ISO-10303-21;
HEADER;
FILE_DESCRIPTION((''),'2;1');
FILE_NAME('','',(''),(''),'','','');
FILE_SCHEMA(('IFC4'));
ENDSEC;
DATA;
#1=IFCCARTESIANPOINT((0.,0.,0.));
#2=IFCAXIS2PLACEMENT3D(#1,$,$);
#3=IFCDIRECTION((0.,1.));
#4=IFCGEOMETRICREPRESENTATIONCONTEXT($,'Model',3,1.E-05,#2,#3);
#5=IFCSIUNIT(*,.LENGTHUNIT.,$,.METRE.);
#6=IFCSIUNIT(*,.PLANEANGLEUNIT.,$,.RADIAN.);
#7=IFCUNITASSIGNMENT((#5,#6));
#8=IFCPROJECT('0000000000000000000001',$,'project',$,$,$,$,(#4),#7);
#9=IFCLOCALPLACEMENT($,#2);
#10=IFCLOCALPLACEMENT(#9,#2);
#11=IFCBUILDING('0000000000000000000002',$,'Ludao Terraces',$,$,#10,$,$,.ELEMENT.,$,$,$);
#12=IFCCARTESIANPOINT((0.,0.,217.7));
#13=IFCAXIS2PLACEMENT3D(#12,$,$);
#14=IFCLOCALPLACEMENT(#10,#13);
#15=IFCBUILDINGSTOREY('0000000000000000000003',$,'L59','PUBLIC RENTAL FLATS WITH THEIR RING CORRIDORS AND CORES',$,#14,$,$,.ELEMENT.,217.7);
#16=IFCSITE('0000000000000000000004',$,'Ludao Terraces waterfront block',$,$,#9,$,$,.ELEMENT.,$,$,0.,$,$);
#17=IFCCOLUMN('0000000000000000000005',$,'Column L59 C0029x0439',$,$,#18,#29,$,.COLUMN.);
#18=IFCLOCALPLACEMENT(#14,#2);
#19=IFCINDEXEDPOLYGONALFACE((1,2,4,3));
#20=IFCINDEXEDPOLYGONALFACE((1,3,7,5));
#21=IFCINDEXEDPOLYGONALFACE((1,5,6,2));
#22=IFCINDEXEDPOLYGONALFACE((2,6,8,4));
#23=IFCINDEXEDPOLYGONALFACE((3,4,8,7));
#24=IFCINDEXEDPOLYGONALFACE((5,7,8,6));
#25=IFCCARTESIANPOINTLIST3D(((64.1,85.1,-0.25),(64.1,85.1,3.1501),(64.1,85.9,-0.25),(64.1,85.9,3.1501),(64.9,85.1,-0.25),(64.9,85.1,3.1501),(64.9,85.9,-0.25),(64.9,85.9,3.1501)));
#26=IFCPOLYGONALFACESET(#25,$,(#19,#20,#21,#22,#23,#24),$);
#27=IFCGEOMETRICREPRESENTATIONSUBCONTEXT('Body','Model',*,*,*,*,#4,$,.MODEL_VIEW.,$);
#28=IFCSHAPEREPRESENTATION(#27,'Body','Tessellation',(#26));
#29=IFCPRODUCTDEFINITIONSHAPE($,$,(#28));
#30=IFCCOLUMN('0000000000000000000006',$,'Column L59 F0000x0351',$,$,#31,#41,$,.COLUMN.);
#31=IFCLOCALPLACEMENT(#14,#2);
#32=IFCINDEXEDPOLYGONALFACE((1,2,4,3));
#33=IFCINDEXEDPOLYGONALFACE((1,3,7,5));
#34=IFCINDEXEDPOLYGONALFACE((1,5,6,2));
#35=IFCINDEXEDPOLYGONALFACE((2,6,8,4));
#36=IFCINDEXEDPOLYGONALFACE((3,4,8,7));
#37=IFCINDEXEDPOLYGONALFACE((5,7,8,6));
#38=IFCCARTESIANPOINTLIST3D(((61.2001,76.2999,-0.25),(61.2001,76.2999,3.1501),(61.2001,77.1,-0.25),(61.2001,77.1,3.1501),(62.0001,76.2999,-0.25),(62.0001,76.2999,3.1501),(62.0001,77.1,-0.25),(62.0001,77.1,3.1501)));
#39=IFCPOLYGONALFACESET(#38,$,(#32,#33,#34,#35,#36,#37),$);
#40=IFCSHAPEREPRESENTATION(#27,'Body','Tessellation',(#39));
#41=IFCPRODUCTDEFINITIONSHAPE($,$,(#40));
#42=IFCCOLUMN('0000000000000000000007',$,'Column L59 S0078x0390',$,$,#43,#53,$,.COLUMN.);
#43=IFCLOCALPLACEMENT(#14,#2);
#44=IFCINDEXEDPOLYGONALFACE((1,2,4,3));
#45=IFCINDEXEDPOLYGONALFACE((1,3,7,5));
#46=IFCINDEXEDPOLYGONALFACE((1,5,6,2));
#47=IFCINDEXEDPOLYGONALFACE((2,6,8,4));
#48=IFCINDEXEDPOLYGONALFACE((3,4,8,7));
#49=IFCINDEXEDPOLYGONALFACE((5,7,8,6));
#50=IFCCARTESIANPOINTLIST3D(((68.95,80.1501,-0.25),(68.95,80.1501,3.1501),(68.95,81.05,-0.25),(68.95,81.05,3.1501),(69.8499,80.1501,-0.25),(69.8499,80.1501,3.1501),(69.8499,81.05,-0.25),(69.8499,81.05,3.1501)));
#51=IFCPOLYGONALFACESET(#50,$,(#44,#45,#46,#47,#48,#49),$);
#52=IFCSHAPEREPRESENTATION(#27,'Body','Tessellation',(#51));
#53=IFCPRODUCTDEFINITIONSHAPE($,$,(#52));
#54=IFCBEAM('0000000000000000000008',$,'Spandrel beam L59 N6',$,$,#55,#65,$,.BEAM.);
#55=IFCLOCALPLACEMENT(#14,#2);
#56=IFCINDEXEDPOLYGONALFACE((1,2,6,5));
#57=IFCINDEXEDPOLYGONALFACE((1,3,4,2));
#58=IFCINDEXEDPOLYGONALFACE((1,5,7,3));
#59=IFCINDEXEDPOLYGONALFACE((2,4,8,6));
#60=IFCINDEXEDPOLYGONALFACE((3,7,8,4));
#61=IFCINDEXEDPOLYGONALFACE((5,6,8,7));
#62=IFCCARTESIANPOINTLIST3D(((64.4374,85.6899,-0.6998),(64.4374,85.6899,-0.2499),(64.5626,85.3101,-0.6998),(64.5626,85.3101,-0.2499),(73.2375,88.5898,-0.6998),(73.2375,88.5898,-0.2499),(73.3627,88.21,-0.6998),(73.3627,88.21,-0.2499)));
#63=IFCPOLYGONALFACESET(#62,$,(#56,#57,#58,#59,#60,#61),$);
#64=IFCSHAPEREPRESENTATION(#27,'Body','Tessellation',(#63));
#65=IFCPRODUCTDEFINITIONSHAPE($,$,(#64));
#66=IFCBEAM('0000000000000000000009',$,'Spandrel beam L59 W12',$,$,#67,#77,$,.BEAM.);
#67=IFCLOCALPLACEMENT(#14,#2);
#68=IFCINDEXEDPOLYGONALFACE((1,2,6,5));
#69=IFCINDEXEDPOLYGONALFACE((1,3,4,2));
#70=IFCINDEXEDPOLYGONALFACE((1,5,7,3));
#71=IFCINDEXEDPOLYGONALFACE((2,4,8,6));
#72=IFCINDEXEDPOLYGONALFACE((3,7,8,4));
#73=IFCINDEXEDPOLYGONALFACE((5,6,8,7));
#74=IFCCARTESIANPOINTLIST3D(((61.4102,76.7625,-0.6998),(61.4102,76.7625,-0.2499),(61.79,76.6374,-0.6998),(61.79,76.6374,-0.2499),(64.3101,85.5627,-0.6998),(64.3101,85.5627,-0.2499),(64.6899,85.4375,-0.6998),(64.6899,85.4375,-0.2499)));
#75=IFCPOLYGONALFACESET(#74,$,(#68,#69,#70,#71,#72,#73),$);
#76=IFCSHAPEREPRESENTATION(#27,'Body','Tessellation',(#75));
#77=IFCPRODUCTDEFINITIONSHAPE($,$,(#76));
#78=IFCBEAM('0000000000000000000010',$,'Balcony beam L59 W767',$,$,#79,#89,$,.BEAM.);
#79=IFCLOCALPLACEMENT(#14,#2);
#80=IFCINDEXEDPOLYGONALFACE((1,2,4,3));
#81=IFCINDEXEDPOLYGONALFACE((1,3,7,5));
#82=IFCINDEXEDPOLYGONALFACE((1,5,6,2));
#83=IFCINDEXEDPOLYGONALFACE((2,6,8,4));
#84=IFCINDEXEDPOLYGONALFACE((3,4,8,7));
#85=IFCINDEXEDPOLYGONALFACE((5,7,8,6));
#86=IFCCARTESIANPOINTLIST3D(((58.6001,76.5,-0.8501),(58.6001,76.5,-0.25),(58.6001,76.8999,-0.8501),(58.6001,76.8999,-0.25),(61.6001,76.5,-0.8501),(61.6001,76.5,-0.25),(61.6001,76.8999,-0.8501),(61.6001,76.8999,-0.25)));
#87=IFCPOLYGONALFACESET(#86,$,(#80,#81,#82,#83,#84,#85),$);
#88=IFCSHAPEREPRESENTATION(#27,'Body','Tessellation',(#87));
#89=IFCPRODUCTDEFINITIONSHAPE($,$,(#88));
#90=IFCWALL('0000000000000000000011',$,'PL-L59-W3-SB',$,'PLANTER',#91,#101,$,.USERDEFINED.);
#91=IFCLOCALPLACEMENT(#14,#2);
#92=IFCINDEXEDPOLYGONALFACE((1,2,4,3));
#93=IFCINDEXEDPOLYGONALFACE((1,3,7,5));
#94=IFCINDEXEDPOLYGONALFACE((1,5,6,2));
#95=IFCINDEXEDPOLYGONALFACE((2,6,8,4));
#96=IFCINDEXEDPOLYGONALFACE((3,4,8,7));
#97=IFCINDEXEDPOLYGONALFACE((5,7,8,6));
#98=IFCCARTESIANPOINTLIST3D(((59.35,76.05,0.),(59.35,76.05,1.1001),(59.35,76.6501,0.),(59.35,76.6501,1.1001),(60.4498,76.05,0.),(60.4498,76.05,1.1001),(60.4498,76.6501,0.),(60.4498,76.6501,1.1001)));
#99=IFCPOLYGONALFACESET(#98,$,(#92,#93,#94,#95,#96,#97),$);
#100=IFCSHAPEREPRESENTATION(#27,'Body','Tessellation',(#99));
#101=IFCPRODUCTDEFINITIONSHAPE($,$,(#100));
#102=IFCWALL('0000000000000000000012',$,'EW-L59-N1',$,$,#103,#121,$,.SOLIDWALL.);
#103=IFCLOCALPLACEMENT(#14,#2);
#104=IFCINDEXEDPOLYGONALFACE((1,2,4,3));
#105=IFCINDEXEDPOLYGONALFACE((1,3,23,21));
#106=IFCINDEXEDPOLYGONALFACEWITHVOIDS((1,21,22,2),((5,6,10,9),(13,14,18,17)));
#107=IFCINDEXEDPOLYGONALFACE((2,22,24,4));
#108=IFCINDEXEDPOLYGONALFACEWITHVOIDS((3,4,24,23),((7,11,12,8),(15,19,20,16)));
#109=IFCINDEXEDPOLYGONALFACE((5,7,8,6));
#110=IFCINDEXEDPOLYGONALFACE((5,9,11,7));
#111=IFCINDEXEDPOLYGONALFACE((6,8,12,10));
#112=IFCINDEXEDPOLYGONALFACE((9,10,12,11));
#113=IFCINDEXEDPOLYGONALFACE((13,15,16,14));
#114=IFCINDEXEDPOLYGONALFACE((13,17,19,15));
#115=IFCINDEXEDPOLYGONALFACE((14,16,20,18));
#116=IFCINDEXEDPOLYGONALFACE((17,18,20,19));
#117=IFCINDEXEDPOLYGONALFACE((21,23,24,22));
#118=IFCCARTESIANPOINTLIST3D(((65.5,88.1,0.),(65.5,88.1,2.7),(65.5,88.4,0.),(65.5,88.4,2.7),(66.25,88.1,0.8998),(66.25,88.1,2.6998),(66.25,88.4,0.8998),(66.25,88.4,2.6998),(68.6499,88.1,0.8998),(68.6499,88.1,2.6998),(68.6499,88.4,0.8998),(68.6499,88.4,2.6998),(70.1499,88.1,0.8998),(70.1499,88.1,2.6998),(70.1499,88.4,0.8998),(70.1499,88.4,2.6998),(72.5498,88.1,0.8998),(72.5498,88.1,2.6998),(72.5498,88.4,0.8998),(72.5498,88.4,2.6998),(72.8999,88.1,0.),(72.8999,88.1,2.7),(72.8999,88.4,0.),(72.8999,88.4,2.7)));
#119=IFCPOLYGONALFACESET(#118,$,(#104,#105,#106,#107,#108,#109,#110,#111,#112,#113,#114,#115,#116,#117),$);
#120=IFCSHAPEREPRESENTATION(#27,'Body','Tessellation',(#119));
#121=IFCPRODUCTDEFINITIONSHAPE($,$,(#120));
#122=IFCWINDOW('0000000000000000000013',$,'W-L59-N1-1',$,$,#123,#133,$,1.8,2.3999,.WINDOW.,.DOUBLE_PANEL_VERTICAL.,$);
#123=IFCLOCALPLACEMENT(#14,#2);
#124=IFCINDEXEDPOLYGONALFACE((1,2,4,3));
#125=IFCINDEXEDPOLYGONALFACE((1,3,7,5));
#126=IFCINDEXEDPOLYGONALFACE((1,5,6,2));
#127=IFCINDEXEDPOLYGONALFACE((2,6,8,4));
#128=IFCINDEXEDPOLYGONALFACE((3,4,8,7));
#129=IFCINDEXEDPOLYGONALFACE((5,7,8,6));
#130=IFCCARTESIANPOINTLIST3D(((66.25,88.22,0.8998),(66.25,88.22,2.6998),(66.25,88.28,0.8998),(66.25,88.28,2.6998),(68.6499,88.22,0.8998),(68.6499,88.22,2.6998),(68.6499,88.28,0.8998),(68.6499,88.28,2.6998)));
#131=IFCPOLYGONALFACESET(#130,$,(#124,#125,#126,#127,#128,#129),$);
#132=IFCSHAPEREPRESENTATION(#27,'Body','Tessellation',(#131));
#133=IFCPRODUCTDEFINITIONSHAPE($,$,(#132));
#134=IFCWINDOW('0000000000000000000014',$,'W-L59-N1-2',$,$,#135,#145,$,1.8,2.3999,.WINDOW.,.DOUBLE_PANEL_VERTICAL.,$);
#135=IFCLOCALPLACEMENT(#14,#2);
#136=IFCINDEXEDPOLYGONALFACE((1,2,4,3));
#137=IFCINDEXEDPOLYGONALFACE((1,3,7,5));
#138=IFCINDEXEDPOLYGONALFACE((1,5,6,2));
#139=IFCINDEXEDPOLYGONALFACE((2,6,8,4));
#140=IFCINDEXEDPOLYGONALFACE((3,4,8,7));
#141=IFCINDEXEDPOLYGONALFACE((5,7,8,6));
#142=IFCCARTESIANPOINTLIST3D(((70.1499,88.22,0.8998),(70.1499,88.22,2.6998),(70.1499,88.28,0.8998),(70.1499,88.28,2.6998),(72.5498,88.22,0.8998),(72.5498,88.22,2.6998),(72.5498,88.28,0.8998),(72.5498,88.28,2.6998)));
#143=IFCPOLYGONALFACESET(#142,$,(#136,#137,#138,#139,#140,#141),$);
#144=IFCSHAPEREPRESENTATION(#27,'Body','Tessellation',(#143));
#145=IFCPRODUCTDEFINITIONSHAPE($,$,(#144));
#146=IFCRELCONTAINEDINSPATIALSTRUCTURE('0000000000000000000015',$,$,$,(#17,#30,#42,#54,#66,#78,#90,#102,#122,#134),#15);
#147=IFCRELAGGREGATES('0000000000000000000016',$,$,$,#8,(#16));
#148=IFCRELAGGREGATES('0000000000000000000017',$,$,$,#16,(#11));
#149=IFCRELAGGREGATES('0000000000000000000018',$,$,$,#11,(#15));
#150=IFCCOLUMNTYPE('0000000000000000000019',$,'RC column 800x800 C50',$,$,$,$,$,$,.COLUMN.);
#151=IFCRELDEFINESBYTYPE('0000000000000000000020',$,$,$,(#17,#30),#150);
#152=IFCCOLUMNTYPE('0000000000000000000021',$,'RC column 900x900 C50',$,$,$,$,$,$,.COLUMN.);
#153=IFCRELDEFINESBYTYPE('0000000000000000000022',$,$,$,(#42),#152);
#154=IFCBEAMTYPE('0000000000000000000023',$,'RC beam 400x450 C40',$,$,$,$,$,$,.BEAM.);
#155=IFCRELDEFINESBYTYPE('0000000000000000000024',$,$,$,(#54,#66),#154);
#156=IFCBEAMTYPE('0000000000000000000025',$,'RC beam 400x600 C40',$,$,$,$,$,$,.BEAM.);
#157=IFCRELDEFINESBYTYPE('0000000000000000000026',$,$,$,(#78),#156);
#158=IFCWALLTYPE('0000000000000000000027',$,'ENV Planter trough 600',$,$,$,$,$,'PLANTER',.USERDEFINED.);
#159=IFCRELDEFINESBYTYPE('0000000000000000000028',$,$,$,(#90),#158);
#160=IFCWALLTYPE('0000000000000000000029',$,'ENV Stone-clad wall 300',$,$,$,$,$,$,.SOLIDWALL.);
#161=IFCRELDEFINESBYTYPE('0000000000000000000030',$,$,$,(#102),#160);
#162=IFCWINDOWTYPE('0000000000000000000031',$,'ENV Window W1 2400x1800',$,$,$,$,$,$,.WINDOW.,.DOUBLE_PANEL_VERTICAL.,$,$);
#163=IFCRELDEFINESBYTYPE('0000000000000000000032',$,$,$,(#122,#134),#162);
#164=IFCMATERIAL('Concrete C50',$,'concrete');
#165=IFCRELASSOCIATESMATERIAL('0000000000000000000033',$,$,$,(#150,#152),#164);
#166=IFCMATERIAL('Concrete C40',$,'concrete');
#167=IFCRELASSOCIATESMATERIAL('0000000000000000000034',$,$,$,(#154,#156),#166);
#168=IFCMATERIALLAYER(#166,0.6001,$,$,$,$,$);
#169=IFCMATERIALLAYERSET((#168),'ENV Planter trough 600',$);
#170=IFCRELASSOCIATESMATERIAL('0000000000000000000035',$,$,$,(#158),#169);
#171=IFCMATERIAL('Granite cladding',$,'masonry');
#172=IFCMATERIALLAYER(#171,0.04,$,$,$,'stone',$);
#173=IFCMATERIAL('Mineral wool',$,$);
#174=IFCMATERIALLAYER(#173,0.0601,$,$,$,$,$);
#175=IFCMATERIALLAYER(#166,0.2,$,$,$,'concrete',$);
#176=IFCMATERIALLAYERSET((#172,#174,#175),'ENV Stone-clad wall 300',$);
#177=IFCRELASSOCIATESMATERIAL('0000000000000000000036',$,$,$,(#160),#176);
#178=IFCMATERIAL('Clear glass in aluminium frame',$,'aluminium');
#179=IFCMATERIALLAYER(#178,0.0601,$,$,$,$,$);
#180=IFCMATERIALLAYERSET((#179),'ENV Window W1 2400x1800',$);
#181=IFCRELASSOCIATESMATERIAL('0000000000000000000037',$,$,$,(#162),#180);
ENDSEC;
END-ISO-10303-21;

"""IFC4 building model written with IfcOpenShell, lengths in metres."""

from ifc_helpers import new_model, si_unit, direction, frame, frame_2d, origin, origin_2d, place, context, subcontext, project, spatial, rectangle, extrude, material, layer, layer_set, material_profile, profile_set, type_object, element, fill, save


model = new_model("IFC4")

# Units and contexts
model_context = context("Model", 3, precision=1e-05, world=origin(), true_north=direction((0.0, 1.0)))
body_context = subcontext(model_context, "Body", "Model", "MODEL_VIEW")
ifc_project = project(units=[si_unit("LENGTHUNIT", "METRE"), si_unit("PLANEANGLEUNIT", "RADIAN")], contexts=[model_context])

# Site, building, storey
site_placement = place(None, origin())
site = spatial("IfcSite", under=ifc_project, at=site_placement, Name="Ludao Terraces waterfront block", CompositionType="ELEMENT", RefElevation=0.0)
building_placement = place(site_placement, origin())
building = spatial("IfcBuilding", under=site, at=building_placement, Name="Ludao Terraces", CompositionType="ELEMENT")
storey_placement = place(building_placement, frame((0.0, 0.0, 217.7)))
storey = spatial("IfcBuildingStorey", under=building, at=storey_placement, Name="L59", Description="PUBLIC RENTAL FLATS WITH THEIR RING CORRIDORS AND CORES", CompositionType="ELEMENT", Elevation=217.7)

# Columns
ifc_material_1 = material(Name="Concrete C50", Category="concrete")
ifc_material_profile_1 = material_profile(ifc_material_1, rectangle(XDim=0.8, YDim=0.8, at=origin_2d()), Name="800 X 800")
ifc_profile_set_1 = profile_set([ifc_material_profile_1], Name="Concrete C50")
column_type_1 = type_object("IfcColumnType", Name="RC column 800x800 C50", PredefinedType="COLUMN", material=ifc_profile_set_1)
for number, where, z_axis, x_axis, name in (
    (1, (64.5, 85.5, -0.25), (0.0, 0.0, 1.0), (1.0, 0.0, 0.0), "Column L59 C0029x0439"),
    (2, (61.6001, 76.7, -0.25), (0.0, 0.0, 1.0), (1.0, 0.0, 0.0), "Column L59 F0000x0351"),
):
    element("IfcColumn", number, at=place(storey_placement, frame(where, z_axis=z_axis, x_axis=x_axis)), inside=storey, type_object=column_type_1, Name=name, PredefinedType="COLUMN", context=body_context, shape_type="SweptSolid", body=[
        extrude(rectangle(XDim=0.8, YDim=0.8, at=origin_2d()), origin(), (0.0, 0.0, 1.0), 3.4001),
    ])
ifc_material_profile_2 = material_profile(ifc_material_1, rectangle(XDim=0.8999, YDim=0.8999, at=origin_2d()), Name="900 X 900")
ifc_profile_set_2 = profile_set([ifc_material_profile_2], Name="Concrete C50")
column_type_2 = type_object("IfcColumnType", Name="RC column 900x900 C50", PredefinedType="COLUMN", material=ifc_profile_set_2)
column_placement = place(storey_placement, frame((69.3999, 80.6001, -0.25), z_axis=(0.0, 0.0, 1.0), x_axis=(1.0, 0.0, 0.0)))
element("IfcColumn", 3, at=column_placement, inside=storey, type_object=column_type_2, Name="Column L59 S0078x0390", PredefinedType="COLUMN", context=body_context, shape_type="SweptSolid", body=[
    extrude(rectangle(XDim=0.8999, YDim=0.8999, at=origin_2d()), origin(), (0.0, 0.0, 1.0), 3.4001),
])

# Beams
ifc_material_2 = material(Name="Concrete C40", Category="concrete")
ifc_material_profile_3 = material_profile(ifc_material_2, rectangle(XDim=0.3999, YDim=0.45, at=origin_2d()), Name="400 X 450")
ifc_profile_set_3 = profile_set([ifc_material_profile_3], Name="Concrete C40")
beam_type_1 = type_object("IfcBeamType", Name="RC beam 400x450 C40", PredefinedType="BEAM", material=ifc_profile_set_3)
for number, where, z_axis, x_axis, name in (
    (4, (64.5, 85.5, -0.4749), (0.949761, 0.312977, 0.0), (-0.312977, 0.949761, 0.0), "Spandrel beam L59 N6"),
    (5, (61.6001, 76.7, -0.4749), (0.312977, 0.949761, 0.0), (-0.949761, 0.312977, 0.0), "Spandrel beam L59 W12"),
):
    element("IfcBeam", number, at=place(storey_placement, frame(where, z_axis=z_axis, x_axis=x_axis)), inside=storey, type_object=beam_type_1, Name=name, PredefinedType="BEAM", context=body_context, shape_type="SweptSolid", body=[
        extrude(rectangle(XDim=0.3999, YDim=0.45, at=origin_2d()), origin(), (0.0, 0.0, 1.0), 9.2656),
    ])
ifc_material_profile_4 = material_profile(ifc_material_2, rectangle(XDim=0.3999, YDim=0.6001, at=origin_2d()), Name="400 X 600")
ifc_profile_set_4 = profile_set([ifc_material_profile_4], Name="Concrete C40")
beam_type_2 = type_object("IfcBeamType", Name="RC beam 400x600 C40", PredefinedType="BEAM", material=ifc_profile_set_4)
beam_placement = place(storey_placement, frame((61.6001, 76.7, -0.55), z_axis=(-1.0, 0.0, 0.0), x_axis=(0.0, -1.0, 0.0)))
element("IfcBeam", 6, at=beam_placement, inside=storey, type_object=beam_type_2, Name="Balcony beam L59 W767", PredefinedType="BEAM", context=body_context, shape_type="SweptSolid", body=[
    extrude(rectangle(XDim=0.3999, YDim=0.6001, at=origin_2d()), origin(), (0.0, 0.0, 1.0), 3.0),
])

# Wall
ifc_layer_1 = layer(ifc_material_2, 0.6001)
ifc_layer_set_1 = layer_set([ifc_layer_1], Name="ENV Planter trough 600")
wall_type_1 = type_object("IfcWallType", Name="ENV Planter trough 600", ElementType="PLANTER", PredefinedType="USERDEFINED", material=ifc_layer_set_1)
wall_1_placement = place(storey_placement, frame((59.3501, 76.3501, 0.0), z_axis=(0.0, 0.0, 1.0), x_axis=(1.0, 0.0, 0.0)))
element("IfcWall", 7, at=wall_1_placement, inside=storey, type_object=wall_type_1, Name="PL-L59-W3-SB", ObjectType="PLANTER", PredefinedType="USERDEFINED", context=body_context, shape_type="SweptSolid", body=[
    extrude(rectangle(XDim=1.0999, YDim=0.6001, at=frame_2d((0.5498, 0.0))), origin(), (0.0, 0.0, 1.0), 1.1001),
])

# Wall, openings, windows
ifc_material_3 = material(Name="Granite cladding", Category="masonry")
ifc_layer_2 = layer(ifc_material_3, 0.04, Category="stone")
ifc_material_4 = material(Name="Mineral wool")
ifc_layer_3 = layer(ifc_material_4, 0.0601)
ifc_layer_4 = layer(ifc_material_2, 0.2, Category="concrete")
ifc_layer_set_2 = layer_set([ifc_layer_2, ifc_layer_3, ifc_layer_4], Name="ENV Stone-clad wall 300")
wall_type_2 = type_object("IfcWallType", Name="ENV Stone-clad wall 300", PredefinedType="SOLIDWALL", material=ifc_layer_set_2)
wall_2_placement = place(storey_placement, frame((65.5, 88.25, 0.0), z_axis=(0.0, 0.0, 1.0), x_axis=(1.0, 0.0, 0.0)))
wall_2 = element("IfcWall", 8, at=wall_2_placement, inside=storey, type_object=wall_type_2, Name="EW-L59-N1", PredefinedType="SOLIDWALL", context=body_context, shape_type="SweptSolid", body=[
    extrude(rectangle(XDim=7.3999, YDim=0.3, at=frame_2d((3.7, 0.0))), origin(), (0.0, 0.0, 1.0), 2.7),
])
opening_1_placement = place(wall_2_placement, frame((0.75, 0.0, 0.8999)))
opening_1 = element("IfcOpeningElement", 9, at=opening_1_placement, cuts=wall_2, PredefinedType="OPENING", context=body_context, shape_type="SweptSolid", body=[
    extrude(rectangle(XDim=2.3999, YDim=1.8, at=frame_2d((1.2, 0.8999))), frame((0.0, 0.1602, 0.0), z_axis=(0.0, -1.0, 0.0), x_axis=(1.0, 0.0, 0.0)), (0.0, 0.0, 1.0), 0.3201),
])
opening_2_placement = place(wall_2_placement, frame((4.6499, 0.0, 0.8999)))
opening_2 = element("IfcOpeningElement", 10, at=opening_2_placement, cuts=wall_2, PredefinedType="OPENING", context=body_context, shape_type="SweptSolid", body=[
    extrude(rectangle(XDim=2.3999, YDim=1.8, at=frame_2d((1.2, 0.8999))), frame((0.0, 0.1602, 0.0), z_axis=(0.0, -1.0, 0.0), x_axis=(1.0, 0.0, 0.0)), (0.0, 0.0, 1.0), 0.3201),
])
ifc_material_5 = material(Name="Clear glass in aluminium frame", Category="aluminium")
ifc_layer_5 = layer(ifc_material_5, 0.0601)
ifc_layer_set_3 = layer_set([ifc_layer_5], Name="ENV Window W1 2400x1800")
window_type_1 = type_object("IfcWindowType", Name="ENV Window W1 2400x1800", PartitioningType="DOUBLE_PANEL_VERTICAL", PredefinedType="WINDOW", material=ifc_layer_set_3)
window_1_placement = place(opening_1_placement, origin())
window_1 = element("IfcWindow", 11, at=window_1_placement, inside=storey, type_object=window_type_1, Name="W-L59-N1-1", OverallHeight=1.8, OverallWidth=2.3999, PartitioningType="DOUBLE_PANEL_VERTICAL", PredefinedType="WINDOW", context=body_context, shape_type="SweptSolid", body=[
    extrude(rectangle(XDim=2.3999, YDim=1.8, at=frame_2d((1.2, 0.8999))), frame((0.0, 0.03, 0.0), z_axis=(0.0, -1.0, 0.0), x_axis=(1.0, 0.0, 0.0)), (0.0, 0.0, 1.0), 0.0601),
])
fill(opening_1, window_1)
window_2_placement = place(opening_2_placement, origin())
window_2 = element("IfcWindow", 12, at=window_2_placement, inside=storey, type_object=window_type_1, Name="W-L59-N1-2", OverallHeight=1.8, OverallWidth=2.3999, PartitioningType="DOUBLE_PANEL_VERTICAL", PredefinedType="WINDOW", context=body_context, shape_type="SweptSolid", body=[
    extrude(rectangle(XDim=2.3999, YDim=1.8, at=frame_2d((1.2, 0.8999))), frame((0.0, 0.03, 0.0), z_axis=(0.0, -1.0, 0.0), x_axis=(1.0, 0.0, 0.0)), (0.0, 0.0, 1.0), 0.0601),
])
fill(opening_2, window_2)

save(model, "model.ifc")
